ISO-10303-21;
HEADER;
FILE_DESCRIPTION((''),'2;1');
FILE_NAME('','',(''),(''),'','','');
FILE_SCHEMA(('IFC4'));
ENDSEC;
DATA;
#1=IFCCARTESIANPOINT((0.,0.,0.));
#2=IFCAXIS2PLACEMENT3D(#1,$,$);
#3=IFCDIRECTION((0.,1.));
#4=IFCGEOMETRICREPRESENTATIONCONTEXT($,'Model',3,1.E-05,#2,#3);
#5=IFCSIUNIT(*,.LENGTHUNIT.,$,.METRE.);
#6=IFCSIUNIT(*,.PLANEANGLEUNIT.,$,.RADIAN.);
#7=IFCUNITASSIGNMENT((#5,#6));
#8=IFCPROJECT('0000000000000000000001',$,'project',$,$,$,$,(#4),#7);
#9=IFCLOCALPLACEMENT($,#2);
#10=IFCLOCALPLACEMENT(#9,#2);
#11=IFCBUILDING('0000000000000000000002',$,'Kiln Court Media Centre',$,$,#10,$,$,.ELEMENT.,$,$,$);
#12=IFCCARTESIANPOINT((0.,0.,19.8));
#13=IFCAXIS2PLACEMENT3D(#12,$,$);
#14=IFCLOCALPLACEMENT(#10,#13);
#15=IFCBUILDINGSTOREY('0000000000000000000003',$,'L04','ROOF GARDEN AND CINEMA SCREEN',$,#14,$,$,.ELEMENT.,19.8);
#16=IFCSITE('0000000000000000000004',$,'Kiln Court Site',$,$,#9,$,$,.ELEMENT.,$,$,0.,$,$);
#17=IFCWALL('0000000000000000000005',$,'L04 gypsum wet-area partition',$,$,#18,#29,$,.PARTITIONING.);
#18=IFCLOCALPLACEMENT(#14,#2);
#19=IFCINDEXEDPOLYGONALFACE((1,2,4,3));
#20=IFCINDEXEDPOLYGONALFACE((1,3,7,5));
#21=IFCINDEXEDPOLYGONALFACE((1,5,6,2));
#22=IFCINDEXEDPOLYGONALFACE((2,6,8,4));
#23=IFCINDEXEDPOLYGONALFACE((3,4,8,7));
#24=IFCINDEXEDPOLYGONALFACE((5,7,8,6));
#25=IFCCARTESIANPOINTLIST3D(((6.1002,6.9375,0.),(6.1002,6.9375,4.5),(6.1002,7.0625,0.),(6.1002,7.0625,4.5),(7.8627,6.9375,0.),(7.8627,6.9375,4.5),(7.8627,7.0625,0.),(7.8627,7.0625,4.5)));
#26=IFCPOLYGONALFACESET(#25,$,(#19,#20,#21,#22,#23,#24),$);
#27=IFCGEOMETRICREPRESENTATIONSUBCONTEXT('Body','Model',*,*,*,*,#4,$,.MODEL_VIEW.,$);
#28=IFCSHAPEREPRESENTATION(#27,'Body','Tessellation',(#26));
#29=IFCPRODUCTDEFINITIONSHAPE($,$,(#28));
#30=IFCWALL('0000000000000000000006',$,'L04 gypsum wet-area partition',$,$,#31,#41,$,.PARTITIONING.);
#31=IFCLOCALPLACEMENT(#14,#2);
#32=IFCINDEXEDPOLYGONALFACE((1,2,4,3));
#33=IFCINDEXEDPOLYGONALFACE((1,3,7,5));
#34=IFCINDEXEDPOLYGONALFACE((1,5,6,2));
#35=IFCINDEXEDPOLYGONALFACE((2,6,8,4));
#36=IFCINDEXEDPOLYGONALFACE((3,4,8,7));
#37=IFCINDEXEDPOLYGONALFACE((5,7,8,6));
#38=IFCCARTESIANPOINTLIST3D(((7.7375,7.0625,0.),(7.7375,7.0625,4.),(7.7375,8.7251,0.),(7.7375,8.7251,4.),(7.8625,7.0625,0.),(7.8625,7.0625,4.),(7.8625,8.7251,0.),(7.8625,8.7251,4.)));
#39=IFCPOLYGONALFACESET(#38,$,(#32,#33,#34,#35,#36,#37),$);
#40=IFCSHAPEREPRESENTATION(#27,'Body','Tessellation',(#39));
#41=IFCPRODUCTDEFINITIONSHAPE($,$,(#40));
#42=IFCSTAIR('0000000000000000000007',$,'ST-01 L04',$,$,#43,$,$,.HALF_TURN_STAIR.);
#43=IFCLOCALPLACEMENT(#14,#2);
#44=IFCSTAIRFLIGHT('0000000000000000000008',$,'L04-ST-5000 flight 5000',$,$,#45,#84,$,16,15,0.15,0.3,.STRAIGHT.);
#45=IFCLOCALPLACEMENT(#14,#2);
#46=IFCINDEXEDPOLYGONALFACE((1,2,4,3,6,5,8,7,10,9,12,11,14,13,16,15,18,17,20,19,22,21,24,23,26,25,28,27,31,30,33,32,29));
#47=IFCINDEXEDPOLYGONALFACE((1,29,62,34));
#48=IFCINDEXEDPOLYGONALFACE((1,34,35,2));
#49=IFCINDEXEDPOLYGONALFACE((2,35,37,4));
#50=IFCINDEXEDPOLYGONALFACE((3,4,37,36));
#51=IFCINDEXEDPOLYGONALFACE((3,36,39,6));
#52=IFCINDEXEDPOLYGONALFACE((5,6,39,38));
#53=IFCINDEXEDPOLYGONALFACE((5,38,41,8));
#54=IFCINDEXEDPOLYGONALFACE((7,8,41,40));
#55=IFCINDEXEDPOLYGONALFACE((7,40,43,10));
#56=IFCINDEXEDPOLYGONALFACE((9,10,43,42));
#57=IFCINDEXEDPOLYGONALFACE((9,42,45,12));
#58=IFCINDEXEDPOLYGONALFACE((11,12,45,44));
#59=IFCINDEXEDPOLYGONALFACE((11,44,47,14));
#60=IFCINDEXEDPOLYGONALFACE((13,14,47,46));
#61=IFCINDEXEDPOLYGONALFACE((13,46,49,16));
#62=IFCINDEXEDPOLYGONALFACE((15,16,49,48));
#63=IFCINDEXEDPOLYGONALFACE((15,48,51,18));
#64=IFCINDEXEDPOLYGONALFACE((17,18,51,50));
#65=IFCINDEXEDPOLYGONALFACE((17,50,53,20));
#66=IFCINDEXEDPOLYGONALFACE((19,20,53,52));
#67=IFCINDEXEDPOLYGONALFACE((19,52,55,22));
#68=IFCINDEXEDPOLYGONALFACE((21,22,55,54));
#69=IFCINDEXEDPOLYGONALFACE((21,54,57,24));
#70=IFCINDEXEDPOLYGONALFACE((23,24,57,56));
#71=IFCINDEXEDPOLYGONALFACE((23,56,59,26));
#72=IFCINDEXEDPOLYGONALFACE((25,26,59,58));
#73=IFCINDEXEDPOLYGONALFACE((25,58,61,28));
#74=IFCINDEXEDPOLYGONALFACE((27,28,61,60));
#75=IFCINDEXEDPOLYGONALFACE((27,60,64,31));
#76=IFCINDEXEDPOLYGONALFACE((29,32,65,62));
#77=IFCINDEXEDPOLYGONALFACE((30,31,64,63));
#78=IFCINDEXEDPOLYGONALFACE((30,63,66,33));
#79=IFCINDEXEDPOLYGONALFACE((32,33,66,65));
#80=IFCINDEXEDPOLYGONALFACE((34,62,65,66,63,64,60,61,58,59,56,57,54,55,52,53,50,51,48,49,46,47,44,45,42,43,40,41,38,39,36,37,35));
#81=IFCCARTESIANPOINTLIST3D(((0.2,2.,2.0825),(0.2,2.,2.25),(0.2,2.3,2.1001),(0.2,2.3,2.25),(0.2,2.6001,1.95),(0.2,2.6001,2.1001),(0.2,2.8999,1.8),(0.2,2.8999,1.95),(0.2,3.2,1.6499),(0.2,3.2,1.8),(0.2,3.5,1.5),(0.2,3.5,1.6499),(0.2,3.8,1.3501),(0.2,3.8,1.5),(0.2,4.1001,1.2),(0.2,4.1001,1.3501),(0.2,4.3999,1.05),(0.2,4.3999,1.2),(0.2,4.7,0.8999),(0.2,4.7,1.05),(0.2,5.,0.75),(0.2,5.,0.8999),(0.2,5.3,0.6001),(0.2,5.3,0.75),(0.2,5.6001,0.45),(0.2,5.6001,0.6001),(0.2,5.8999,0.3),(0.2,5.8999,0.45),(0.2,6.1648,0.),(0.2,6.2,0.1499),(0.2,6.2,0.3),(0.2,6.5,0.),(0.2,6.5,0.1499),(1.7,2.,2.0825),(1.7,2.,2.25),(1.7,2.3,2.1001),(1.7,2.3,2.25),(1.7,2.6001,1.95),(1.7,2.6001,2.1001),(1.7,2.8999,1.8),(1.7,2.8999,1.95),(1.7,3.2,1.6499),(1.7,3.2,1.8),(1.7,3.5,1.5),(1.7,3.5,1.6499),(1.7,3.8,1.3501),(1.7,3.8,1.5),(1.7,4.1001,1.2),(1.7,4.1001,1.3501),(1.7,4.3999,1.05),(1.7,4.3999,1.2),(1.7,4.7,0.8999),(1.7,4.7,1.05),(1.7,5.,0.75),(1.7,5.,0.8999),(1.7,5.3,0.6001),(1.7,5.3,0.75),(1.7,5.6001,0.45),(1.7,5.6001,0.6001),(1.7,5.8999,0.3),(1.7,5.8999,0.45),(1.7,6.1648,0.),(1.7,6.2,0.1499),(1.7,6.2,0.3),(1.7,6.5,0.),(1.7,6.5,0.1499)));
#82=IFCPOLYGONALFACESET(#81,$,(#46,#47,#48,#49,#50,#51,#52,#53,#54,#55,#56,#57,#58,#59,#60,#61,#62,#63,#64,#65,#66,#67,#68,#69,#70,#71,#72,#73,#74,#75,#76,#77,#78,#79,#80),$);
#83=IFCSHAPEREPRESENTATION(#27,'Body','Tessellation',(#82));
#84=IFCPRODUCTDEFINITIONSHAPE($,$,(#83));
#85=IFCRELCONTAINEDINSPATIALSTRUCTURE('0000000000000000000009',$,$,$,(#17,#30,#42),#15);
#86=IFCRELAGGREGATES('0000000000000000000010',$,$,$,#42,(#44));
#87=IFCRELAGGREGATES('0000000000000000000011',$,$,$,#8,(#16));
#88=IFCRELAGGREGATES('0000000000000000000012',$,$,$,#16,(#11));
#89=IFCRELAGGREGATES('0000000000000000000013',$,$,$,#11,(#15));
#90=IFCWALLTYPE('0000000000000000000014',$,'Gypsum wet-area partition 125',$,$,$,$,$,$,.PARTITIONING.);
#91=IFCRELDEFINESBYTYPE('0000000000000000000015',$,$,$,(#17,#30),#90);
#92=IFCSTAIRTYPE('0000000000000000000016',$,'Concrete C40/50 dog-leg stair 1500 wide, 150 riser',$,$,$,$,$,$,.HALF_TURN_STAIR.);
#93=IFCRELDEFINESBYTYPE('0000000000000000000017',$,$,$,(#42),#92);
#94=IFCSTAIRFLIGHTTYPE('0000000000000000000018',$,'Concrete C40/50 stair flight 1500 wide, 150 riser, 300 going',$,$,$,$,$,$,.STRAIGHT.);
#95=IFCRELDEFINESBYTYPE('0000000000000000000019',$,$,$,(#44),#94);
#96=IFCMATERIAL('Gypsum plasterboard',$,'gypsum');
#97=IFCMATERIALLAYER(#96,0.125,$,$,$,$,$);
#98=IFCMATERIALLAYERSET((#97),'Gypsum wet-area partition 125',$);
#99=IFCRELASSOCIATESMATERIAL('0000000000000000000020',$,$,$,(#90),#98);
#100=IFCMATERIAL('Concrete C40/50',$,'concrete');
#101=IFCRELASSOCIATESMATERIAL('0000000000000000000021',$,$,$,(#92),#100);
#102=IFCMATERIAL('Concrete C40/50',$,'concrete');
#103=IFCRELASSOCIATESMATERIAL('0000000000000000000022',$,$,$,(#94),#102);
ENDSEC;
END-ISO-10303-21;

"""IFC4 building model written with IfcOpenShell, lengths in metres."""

from ifc_helpers import new_model, si_unit, direction, frame, frame_2d, origin, place, context, subcontext, project, spatial, polyline, rectangle, outline, extrude, material, layer, layer_set, type_object, element, aggregate, save


model = new_model("IFC4")

# Units and contexts
model_context = context("Model", 3, precision=1e-05, world=origin(), true_north=direction((0.0, 1.0)))
body_context = subcontext(model_context, "Body", "Model", "MODEL_VIEW")
ifc_project = project(units=[si_unit("LENGTHUNIT", "METRE"), si_unit("PLANEANGLEUNIT", "RADIAN")], contexts=[model_context])

# Site, building, storey
site_placement = place(None, origin())
site = spatial("IfcSite", under=ifc_project, at=site_placement, Name="Kiln Court Site", CompositionType="ELEMENT", RefElevation=0.0)
building_placement = place(site_placement, origin())
building = spatial("IfcBuilding", under=site, at=building_placement, Name="Kiln Court Media Centre", CompositionType="ELEMENT")
storey_placement = place(building_placement, frame((0.0, 0.0, 19.8)))
storey = spatial("IfcBuildingStorey", under=building, at=storey_placement, Name="L04", Description="ROOF GARDEN AND CINEMA SCREEN", CompositionType="ELEMENT", Elevation=19.8)

# Walls
ifc_material_1 = material(Name="Gypsum plasterboard", Category="gypsum")
ifc_layer_1 = layer(ifc_material_1, 0.125)
ifc_layer_set_1 = layer_set([ifc_layer_1], Name="Gypsum wet-area partition 125")
wall_type_1 = type_object("IfcWallType", Name="Gypsum wet-area partition 125", PredefinedType="PARTITIONING", material=ifc_layer_set_1)
wall_1_placement = place(storey_placement, frame((6.1001, 7.0, 0.0), z_axis=(0.0, 0.0, 1.0), x_axis=(1.0, 0.0, 0.0)))
element("IfcWall", 1, at=wall_1_placement, inside=storey, type_object=wall_type_1, Name="L04 gypsum wet-area partition", PredefinedType="PARTITIONING", context=body_context, shape_type="SweptSolid", body=[
    extrude(rectangle(XDim=1.7625, YDim=0.125, at=frame_2d((0.8813, 0.0))), origin(), (0.0, 0.0, 1.0), 4.5),
])
wall_2_placement = place(storey_placement, frame((7.8, 7.0625, 0.0), z_axis=(0.0, 0.0, 1.0), x_axis=(0.0, 1.0, 0.0)))
element("IfcWall", 2, at=wall_2_placement, inside=storey, type_object=wall_type_1, Name="L04 gypsum wet-area partition", PredefinedType="PARTITIONING", context=body_context, shape_type="SweptSolid", body=[
    extrude(rectangle(XDim=1.6626, YDim=0.125, at=frame_2d((0.8313, 0.0))), origin(), (0.0, 0.0, 1.0), 4.0),
])

# Stair, stair flight
ifc_material_2 = material(Name="Concrete C40/50", Category="concrete")
stair_type = type_object("IfcStairType", Name="Concrete C40/50 dog-leg stair 1500 wide, 150 riser", PredefinedType="HALF_TURN_STAIR", material=ifc_material_2)
stair_placement = place(storey_placement, origin())
stair = element("IfcStair", 3, at=stair_placement, inside=storey, type_object=stair_type, Name="ST-01 L04", PredefinedType="HALF_TURN_STAIR")
ifc_material_3 = material(Name="Concrete C40/50", Category="concrete")
stair_flight_type = type_object("IfcStairFlightType", Name="Concrete C40/50 stair flight 1500 wide, 150 riser, 300 going", PredefinedType="STRAIGHT", material=ifc_material_3)
stair_flight_placement = place(storey_placement, frame((0.95, 6.5, 0.0), z_axis=(0.0, 0.0, 1.0), x_axis=(0.0, -1.0, 0.0)))
stair_flight = element("IfcStairFlight", 4, at=stair_flight_placement, type_object=stair_flight_type, Name="L04-ST-5000 flight 5000", NumberOfRisers=16, NumberOfTreads=15, PredefinedType="STRAIGHT", RiserHeight=0.15, TreadLength=0.3, context=body_context, shape_type="SweptSolid", body=[
    extrude(outline(polyline([(0.0, 0.0), (0.0, 0.1499), (0.3, 0.1499), (0.3, 0.3), (0.6001, 0.3), (0.6001, 0.45), (0.8999, 0.45), (0.8999, 0.6001), (1.2, 0.6001), (1.2, 0.75), (1.5, 0.75), (1.5, 0.8999), (1.8, 0.8999), (1.8, 1.05), (2.1001, 1.05), (2.1001, 1.2), (2.3999, 1.2), (2.3999, 1.3501), (2.7, 1.3501), (2.7, 1.5), (3.0, 1.5), (3.0, 1.6499), (3.3, 1.6499), (3.3, 1.8), (3.6001, 1.8), (3.6001, 1.95), (3.8999, 1.95), (3.8999, 2.1001), (4.2, 2.1001), (4.2, 2.25), (4.5, 2.25), (4.5, 2.3999), (4.5, 2.0825), (0.3352, 0.0), (0.0, 0.0)])), frame((0.0, 0.75, 0.0), z_axis=(0.0, -1.0, 0.0), x_axis=(1.0, 0.0, 0.0)), (0.0, 0.0, 1.0), 1.5),
])
aggregate(stair, [stair_flight])

save(model, "model.ifc")
